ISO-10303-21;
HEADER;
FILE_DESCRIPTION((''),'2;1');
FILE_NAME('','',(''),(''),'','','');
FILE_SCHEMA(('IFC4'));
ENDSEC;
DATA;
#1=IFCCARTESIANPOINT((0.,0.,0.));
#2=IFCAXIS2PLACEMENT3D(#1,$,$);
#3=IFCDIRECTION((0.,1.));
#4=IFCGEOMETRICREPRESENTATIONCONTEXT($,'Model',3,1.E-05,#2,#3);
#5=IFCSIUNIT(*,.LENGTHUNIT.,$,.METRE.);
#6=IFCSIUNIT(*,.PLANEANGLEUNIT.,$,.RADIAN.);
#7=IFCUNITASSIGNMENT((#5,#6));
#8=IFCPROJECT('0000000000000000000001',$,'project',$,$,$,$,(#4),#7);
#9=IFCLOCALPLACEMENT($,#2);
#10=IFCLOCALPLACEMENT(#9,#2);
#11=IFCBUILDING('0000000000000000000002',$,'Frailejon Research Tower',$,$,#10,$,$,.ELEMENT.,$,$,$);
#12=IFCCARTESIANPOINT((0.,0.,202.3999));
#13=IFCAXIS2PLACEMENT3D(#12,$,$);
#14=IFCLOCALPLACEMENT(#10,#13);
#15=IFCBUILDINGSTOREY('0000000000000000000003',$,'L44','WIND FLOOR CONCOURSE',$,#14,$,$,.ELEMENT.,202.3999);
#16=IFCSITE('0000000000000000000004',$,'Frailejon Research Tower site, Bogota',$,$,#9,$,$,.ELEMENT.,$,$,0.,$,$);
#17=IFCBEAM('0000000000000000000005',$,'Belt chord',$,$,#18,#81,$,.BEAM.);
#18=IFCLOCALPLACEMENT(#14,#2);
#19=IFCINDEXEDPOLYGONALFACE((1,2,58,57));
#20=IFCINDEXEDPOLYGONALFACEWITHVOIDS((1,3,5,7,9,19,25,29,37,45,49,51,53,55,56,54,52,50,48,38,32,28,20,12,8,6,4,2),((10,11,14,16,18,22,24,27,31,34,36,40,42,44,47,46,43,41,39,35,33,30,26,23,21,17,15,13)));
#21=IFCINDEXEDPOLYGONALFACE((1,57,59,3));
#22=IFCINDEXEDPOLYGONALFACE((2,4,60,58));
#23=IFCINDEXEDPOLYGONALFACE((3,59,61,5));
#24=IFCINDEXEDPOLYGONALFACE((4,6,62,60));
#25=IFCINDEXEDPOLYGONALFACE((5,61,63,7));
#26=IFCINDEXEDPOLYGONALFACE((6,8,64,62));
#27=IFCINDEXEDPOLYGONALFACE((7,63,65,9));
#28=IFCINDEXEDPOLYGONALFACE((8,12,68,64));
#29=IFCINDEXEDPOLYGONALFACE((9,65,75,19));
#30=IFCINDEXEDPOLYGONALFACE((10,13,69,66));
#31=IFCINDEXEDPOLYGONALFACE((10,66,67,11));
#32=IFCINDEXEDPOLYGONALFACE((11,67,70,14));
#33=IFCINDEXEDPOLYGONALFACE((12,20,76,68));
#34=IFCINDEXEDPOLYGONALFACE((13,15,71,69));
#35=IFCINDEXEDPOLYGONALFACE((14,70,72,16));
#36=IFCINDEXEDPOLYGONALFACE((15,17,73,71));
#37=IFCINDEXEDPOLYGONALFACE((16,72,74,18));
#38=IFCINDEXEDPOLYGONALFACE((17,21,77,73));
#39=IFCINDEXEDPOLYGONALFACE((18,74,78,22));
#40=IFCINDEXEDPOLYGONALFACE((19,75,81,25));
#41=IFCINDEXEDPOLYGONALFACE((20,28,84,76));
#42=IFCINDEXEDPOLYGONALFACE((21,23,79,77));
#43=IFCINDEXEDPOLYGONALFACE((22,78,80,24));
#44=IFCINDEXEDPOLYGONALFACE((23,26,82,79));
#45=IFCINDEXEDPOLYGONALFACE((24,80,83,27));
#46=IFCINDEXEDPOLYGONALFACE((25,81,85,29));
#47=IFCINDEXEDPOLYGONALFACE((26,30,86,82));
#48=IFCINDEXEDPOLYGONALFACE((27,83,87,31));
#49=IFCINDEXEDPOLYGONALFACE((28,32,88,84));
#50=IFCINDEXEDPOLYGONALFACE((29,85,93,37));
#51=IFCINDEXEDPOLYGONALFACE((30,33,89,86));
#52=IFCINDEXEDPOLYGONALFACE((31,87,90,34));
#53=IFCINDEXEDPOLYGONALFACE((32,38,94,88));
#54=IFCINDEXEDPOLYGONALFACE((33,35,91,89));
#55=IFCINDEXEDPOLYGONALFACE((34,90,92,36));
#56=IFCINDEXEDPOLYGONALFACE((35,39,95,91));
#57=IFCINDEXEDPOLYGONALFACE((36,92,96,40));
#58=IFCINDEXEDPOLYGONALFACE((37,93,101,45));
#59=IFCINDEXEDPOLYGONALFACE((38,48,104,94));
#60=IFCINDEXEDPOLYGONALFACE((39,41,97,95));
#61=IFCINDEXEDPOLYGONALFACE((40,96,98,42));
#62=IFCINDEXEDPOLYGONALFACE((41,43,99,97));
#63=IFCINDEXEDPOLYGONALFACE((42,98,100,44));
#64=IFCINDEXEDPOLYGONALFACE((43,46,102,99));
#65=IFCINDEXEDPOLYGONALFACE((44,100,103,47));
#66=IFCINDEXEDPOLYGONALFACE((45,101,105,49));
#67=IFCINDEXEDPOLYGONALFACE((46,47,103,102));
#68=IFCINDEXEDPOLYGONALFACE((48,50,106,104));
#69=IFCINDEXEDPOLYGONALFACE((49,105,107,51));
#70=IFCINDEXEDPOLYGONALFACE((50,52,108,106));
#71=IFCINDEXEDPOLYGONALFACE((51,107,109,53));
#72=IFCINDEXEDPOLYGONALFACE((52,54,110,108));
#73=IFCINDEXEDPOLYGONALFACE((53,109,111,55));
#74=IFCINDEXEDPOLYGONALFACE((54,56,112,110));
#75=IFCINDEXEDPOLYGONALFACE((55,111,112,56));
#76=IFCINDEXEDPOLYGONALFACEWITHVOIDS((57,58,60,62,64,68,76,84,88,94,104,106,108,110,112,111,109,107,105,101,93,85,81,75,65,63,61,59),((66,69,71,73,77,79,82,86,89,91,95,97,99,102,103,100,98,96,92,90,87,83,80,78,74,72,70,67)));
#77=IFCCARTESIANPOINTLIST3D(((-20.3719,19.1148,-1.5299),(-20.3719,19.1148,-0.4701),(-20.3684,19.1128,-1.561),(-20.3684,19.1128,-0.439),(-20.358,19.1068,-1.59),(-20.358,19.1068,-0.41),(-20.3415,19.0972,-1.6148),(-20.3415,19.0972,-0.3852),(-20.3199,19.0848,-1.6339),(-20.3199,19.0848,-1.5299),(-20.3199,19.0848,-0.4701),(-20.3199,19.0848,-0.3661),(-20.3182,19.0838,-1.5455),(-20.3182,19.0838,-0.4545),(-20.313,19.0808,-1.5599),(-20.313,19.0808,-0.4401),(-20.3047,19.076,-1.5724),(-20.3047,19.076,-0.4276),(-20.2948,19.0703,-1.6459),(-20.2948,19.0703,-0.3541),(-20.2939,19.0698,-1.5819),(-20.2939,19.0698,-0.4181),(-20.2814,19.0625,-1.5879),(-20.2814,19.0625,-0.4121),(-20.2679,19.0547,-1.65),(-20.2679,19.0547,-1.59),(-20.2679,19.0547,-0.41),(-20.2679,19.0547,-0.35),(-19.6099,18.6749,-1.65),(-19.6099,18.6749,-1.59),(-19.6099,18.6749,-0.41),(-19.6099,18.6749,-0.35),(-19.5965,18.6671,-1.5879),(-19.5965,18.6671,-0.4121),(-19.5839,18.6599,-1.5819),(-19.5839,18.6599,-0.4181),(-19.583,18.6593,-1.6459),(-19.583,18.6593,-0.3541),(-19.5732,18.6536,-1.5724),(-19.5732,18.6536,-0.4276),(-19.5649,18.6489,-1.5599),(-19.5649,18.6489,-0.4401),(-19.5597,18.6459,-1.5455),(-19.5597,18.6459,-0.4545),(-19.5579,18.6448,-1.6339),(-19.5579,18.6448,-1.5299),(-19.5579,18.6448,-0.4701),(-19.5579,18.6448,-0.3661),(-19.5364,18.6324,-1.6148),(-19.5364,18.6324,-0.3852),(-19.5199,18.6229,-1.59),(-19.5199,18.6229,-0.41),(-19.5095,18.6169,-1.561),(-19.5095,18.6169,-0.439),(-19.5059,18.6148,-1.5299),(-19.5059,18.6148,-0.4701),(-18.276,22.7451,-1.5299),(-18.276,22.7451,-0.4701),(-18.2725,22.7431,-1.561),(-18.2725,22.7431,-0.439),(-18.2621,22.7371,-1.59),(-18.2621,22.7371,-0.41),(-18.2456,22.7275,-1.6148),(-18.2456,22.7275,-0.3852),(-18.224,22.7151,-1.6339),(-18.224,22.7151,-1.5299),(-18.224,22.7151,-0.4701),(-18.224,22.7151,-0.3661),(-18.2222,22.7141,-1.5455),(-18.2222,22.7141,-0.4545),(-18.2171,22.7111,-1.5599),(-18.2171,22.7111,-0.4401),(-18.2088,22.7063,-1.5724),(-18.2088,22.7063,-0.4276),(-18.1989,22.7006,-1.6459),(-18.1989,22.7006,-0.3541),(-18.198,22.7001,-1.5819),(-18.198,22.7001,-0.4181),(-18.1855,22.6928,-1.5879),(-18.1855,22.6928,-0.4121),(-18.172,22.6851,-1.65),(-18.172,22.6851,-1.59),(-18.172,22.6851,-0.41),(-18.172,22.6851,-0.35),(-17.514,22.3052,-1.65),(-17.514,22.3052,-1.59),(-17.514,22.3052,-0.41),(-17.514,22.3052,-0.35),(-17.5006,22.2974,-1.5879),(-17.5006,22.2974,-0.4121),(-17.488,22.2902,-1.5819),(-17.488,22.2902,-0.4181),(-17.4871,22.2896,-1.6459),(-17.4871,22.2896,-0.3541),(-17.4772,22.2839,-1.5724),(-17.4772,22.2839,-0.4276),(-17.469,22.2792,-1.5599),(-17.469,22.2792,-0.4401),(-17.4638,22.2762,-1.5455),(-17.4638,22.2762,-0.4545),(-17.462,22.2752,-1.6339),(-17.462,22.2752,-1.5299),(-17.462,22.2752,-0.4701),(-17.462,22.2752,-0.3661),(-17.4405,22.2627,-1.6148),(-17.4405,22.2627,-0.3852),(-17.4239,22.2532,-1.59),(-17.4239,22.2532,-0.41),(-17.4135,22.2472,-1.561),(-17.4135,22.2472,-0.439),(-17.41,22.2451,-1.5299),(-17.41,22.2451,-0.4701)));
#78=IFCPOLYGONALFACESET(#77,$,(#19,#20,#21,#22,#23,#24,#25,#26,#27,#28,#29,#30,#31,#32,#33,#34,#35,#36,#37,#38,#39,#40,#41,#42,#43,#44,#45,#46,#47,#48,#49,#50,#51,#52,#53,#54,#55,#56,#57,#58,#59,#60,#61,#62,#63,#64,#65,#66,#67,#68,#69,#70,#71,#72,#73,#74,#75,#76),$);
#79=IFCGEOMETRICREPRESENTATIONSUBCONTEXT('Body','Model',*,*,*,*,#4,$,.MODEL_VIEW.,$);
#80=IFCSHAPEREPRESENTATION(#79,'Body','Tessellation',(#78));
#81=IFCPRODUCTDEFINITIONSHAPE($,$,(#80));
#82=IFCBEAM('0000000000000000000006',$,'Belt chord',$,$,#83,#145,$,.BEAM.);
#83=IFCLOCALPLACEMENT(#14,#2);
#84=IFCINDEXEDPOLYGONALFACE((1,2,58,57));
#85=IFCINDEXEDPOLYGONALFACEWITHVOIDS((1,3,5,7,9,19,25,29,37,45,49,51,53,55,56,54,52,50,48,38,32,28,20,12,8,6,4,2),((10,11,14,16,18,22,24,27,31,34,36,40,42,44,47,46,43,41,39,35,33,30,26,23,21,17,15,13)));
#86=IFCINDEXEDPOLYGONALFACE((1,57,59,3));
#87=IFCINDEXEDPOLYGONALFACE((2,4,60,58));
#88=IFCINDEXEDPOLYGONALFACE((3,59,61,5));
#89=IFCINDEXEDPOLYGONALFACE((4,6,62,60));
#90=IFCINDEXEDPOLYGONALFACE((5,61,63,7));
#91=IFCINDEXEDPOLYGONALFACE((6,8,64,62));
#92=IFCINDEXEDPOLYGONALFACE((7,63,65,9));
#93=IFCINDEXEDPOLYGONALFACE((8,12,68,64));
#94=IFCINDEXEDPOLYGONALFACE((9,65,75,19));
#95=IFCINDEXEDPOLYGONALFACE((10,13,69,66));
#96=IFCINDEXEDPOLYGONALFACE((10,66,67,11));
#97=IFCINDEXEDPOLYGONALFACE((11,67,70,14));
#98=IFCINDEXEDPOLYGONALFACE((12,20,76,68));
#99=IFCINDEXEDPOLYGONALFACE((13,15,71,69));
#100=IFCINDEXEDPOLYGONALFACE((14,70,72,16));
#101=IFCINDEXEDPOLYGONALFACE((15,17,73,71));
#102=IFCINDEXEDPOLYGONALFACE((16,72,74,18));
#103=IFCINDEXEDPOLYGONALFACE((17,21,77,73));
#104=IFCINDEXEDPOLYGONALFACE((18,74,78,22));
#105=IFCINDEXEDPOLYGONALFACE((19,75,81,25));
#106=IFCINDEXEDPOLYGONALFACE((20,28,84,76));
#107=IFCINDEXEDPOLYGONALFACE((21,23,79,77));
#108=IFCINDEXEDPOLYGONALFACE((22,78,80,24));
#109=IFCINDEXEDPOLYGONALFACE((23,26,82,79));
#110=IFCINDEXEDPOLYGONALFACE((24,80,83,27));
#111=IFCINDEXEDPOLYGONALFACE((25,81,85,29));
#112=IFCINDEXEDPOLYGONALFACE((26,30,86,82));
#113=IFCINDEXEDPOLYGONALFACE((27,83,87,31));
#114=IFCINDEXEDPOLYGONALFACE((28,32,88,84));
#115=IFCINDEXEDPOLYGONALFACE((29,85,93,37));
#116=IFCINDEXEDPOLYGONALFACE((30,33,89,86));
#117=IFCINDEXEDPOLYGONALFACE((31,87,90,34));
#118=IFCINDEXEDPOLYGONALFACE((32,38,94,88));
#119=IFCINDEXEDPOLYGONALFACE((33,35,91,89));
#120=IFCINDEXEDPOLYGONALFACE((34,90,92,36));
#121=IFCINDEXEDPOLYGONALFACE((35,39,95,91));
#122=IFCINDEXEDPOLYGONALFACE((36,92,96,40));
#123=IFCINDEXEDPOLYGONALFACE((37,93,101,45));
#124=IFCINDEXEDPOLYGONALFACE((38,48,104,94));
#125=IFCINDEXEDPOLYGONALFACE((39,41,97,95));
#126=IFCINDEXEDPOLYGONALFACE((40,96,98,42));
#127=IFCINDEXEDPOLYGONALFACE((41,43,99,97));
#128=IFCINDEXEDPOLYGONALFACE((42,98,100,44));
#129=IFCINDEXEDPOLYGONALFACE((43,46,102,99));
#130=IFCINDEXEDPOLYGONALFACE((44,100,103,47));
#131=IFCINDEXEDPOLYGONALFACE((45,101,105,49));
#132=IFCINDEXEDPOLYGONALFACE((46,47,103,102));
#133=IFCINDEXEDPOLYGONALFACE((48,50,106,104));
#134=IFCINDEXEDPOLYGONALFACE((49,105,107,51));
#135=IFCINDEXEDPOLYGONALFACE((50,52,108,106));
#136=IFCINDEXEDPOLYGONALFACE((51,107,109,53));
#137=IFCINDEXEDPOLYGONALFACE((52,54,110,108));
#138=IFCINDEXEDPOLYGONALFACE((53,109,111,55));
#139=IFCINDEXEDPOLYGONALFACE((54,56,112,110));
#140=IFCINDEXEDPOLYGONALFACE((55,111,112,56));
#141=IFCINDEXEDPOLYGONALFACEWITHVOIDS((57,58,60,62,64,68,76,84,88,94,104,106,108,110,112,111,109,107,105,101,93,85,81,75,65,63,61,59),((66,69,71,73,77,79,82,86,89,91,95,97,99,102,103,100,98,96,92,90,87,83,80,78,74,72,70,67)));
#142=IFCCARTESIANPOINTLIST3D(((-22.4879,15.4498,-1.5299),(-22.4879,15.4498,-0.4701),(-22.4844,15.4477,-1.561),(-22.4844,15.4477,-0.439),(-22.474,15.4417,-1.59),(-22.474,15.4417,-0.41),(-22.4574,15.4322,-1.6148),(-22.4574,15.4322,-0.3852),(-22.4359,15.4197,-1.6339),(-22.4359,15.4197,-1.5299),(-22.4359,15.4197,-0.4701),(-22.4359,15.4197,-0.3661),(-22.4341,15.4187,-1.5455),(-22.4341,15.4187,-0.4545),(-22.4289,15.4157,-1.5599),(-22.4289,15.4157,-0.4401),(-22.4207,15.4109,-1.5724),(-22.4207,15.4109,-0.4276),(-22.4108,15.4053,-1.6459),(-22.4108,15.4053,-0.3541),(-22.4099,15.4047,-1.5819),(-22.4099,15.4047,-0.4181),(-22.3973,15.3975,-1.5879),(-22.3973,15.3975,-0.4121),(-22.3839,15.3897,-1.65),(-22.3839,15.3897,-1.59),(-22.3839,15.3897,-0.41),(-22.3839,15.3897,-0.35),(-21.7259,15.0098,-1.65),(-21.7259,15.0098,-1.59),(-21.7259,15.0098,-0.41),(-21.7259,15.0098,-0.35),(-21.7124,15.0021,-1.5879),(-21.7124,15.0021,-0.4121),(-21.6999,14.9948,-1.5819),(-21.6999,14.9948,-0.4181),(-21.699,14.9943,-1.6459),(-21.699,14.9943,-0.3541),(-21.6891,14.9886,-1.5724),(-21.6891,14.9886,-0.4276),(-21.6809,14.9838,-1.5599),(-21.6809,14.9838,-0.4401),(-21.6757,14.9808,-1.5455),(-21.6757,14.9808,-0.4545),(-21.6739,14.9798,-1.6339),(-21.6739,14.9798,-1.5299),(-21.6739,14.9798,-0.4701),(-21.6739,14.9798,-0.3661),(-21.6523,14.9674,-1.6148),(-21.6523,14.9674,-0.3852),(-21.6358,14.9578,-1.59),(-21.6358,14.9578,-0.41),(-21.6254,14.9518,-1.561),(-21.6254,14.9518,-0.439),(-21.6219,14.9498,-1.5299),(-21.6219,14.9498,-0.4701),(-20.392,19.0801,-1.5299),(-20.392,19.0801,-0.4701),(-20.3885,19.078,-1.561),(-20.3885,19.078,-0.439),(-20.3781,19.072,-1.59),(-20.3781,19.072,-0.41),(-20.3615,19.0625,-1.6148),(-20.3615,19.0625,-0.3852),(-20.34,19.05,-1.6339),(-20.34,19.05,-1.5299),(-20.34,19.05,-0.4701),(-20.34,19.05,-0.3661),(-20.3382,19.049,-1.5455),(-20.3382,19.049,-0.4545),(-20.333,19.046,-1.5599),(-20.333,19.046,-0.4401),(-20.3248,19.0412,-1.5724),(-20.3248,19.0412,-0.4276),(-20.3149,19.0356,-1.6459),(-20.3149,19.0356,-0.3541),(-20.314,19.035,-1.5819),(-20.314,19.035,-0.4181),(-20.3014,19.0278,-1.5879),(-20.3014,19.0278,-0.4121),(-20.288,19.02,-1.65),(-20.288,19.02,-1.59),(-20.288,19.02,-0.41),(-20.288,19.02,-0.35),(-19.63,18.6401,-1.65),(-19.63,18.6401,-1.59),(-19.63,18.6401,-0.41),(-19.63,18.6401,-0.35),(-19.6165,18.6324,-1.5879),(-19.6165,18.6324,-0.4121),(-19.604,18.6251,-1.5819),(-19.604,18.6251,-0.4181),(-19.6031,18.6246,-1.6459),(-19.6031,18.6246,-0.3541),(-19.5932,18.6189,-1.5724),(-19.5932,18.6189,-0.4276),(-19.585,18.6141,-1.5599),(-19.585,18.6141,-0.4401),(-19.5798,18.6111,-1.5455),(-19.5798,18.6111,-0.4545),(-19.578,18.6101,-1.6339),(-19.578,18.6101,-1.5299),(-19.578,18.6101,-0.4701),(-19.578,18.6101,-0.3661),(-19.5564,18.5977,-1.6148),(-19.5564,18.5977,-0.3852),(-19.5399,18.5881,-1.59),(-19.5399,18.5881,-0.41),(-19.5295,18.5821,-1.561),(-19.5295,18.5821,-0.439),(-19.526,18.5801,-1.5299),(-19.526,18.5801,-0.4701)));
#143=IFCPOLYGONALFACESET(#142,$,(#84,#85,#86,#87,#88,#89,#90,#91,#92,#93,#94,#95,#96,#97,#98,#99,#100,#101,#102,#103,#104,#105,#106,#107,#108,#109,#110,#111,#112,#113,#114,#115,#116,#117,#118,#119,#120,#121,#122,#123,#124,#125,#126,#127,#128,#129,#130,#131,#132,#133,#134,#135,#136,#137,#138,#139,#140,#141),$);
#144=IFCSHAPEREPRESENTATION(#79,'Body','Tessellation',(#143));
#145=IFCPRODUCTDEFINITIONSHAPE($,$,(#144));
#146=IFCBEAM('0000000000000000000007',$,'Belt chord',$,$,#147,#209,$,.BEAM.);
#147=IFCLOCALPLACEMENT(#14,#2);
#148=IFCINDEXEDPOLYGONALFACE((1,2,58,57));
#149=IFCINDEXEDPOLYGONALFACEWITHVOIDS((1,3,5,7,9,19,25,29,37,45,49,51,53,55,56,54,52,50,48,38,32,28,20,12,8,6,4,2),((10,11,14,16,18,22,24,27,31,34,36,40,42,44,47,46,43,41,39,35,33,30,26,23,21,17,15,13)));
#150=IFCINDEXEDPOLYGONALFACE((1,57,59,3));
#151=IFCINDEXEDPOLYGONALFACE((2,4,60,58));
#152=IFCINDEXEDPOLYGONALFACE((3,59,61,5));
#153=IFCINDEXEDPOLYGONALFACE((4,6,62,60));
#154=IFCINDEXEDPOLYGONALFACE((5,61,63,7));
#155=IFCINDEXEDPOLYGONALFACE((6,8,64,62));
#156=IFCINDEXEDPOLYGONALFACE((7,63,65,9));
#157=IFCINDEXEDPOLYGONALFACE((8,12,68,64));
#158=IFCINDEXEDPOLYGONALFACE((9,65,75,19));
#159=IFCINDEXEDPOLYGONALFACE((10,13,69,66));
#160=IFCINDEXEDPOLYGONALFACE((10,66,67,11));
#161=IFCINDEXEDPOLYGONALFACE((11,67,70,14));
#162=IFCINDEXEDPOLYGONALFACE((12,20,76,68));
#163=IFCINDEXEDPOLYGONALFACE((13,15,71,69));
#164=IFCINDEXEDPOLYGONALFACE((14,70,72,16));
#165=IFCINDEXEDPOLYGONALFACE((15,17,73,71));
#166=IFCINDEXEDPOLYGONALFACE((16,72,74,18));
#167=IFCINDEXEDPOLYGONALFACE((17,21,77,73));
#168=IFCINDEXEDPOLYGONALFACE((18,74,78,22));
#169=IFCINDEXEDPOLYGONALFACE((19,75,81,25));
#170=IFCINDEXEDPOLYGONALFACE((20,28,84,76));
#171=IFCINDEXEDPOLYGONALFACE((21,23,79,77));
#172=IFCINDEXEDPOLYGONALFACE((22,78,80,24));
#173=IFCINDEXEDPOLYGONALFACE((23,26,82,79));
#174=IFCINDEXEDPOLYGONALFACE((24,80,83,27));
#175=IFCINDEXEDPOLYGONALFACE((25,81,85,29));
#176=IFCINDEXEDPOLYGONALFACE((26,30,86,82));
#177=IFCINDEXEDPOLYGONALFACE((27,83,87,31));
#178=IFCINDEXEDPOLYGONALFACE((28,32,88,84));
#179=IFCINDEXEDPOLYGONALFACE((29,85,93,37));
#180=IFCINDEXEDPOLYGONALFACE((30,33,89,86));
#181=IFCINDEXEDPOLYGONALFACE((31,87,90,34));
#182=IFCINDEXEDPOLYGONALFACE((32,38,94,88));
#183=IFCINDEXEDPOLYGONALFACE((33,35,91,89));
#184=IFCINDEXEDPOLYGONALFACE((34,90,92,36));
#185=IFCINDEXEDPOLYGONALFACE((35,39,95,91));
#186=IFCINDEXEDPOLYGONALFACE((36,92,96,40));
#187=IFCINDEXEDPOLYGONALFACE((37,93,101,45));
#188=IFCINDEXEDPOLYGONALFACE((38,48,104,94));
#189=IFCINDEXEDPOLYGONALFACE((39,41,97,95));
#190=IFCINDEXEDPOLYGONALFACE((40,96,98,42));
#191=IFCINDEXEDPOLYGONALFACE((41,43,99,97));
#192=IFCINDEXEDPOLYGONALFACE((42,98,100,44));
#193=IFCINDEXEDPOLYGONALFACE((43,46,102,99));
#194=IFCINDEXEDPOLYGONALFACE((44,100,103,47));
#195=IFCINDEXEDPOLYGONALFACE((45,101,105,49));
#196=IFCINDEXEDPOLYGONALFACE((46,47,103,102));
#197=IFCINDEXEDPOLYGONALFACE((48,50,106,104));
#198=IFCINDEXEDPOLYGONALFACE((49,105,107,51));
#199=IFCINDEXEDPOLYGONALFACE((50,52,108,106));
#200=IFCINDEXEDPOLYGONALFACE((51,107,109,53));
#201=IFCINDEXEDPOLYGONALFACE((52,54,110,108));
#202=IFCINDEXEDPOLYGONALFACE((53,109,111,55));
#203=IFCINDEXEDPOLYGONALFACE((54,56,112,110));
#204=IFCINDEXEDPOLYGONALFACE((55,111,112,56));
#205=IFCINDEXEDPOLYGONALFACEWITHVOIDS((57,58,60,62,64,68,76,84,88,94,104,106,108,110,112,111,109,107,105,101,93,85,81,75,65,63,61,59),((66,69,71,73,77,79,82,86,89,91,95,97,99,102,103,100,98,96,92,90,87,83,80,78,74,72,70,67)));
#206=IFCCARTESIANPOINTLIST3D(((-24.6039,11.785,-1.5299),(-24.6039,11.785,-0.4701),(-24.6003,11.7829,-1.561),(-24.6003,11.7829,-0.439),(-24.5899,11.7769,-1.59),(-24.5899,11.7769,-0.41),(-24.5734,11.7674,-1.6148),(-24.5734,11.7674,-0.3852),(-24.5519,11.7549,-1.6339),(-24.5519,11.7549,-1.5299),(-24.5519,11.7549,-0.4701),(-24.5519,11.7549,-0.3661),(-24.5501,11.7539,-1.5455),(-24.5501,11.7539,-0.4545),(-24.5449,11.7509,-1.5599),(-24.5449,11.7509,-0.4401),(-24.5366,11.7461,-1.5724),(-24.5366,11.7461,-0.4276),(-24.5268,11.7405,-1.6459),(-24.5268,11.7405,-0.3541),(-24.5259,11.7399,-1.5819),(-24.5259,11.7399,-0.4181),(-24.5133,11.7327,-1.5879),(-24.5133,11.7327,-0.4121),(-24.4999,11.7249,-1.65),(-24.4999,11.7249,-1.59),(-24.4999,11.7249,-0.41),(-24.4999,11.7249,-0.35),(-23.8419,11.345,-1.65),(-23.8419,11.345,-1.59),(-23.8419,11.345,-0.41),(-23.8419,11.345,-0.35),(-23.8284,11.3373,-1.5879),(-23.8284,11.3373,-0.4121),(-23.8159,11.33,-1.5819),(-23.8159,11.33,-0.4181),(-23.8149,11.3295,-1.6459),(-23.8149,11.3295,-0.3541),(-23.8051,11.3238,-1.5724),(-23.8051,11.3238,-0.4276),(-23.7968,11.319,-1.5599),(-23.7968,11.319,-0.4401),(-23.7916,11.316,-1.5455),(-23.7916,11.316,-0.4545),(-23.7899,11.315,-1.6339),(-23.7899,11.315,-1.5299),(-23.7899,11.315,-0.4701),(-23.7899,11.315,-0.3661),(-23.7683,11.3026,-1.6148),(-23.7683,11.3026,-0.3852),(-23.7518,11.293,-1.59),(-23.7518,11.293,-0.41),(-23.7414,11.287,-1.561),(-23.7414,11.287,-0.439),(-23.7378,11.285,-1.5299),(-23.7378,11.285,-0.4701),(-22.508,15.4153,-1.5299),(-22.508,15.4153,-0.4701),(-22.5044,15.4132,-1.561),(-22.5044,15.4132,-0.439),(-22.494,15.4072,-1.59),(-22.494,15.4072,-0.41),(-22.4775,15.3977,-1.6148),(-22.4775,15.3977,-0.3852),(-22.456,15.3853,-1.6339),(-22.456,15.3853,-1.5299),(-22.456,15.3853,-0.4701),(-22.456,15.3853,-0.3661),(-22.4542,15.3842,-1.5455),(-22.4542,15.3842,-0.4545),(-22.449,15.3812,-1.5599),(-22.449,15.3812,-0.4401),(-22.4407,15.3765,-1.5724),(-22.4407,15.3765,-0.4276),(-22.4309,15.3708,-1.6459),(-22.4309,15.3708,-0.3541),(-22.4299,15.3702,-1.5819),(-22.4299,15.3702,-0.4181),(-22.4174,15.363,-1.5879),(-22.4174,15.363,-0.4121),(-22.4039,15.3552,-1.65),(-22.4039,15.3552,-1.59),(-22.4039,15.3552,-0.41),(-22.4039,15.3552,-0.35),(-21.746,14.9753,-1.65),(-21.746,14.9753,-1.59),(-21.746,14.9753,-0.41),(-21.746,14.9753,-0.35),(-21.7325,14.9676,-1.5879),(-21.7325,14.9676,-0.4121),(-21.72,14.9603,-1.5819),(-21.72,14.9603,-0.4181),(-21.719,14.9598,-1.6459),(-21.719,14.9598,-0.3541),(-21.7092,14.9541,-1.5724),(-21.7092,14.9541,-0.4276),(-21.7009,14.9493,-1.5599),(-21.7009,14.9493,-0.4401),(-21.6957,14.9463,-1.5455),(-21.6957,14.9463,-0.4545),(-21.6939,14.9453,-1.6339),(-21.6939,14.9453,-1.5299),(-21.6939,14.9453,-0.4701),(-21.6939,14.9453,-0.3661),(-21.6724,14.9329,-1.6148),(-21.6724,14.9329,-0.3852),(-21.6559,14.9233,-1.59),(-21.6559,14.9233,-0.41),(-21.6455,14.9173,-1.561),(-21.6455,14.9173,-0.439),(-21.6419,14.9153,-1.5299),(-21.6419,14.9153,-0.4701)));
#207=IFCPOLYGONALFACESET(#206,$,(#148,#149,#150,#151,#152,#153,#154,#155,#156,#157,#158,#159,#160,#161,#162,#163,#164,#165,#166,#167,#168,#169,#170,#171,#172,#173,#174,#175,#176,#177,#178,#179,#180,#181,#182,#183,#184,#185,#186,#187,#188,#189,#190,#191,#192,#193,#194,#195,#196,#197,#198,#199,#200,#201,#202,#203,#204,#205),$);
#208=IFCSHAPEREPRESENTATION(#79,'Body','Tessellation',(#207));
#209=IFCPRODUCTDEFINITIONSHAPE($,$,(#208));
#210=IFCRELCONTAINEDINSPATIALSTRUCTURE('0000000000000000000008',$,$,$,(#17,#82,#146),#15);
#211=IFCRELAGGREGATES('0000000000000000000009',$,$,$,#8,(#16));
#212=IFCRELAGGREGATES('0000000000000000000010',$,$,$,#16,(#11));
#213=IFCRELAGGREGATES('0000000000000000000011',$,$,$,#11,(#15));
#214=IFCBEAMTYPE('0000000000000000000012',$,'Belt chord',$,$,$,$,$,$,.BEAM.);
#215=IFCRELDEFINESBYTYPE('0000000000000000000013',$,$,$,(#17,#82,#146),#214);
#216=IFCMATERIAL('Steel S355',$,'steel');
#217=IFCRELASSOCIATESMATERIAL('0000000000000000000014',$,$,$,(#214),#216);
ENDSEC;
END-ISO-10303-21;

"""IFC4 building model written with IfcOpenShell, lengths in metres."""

from ifc_helpers import new_model, si_unit, direction, frame, origin, origin_2d, place, context, subcontext, project, spatial, hollow_rectangle, extrude, material, material_profile, profile_set, type_object, element, save


model = new_model("IFC4")

# Units and contexts
model_context = context("Model", 3, precision=1e-05, world=origin(), true_north=direction((0.0, 1.0)))
body_context = subcontext(model_context, "Body", "Model", "MODEL_VIEW")
ifc_project = project(units=[si_unit("LENGTHUNIT", "METRE"), si_unit("PLANEANGLEUNIT", "RADIAN")], contexts=[model_context])

# Site, building, storey
site_placement = place(None, origin())
site = spatial("IfcSite", under=ifc_project, at=site_placement, Name="Frailejon Research Tower site, Bogota", CompositionType="ELEMENT", RefElevation=0.0)
building_placement = place(site_placement, origin())
building = spatial("IfcBuilding", under=site, at=building_placement, Name="Frailejon Research Tower", CompositionType="ELEMENT")
storey_placement = place(building_placement, frame((0.0, 0.0, 202.3999)))
storey = spatial("IfcBuildingStorey", under=building, at=storey_placement, Name="L44", Description="WIND FLOOR CONCOURSE", CompositionType="ELEMENT", Elevation=202.3999)

# Beams
ifc_material_1 = material(Name="Steel S355", Category="steel")
ifc_material_profile_1 = material_profile(ifc_material_1, hollow_rectangle(XDim=1.0, YDim=1.3, WallThickness=0.0601, InnerFilletRadius=0.0601, OuterFilletRadius=0.1201, at=origin_2d()), Name="Belt chord")
ifc_profile_set_1 = profile_set([ifc_material_profile_1], Name="Steel S355")
beam_type_1 = type_object("IfcBeamType", Name="Belt chord", PredefinedType="BEAM", material=ifc_profile_set_1)
for number, where, z_axis, x_axis, name in (
    (1, (-17.843, 22.4951, -1.0), (-0.499991, -0.86603, 0.0), (0.86603, -0.499991, 0.0), "Belt chord"),
    (2, (-19.959, 18.8301, -1.0), (-0.499991, -0.86603, 0.0), (0.86603, -0.499991, 0.0), "Belt chord"),
    (3, (-22.075, 15.1653, -1.0), (-0.499991, -0.86603, 0.0), (0.86603, -0.499991, 0.0), "Belt chord"),
):
    element("IfcBeam", number, at=place(storey_placement, frame(where, z_axis=z_axis, x_axis=x_axis)), inside=storey, type_object=beam_type_1, Name=name, PredefinedType="BEAM", context=body_context, shape_type="SweptSolid", body=[
        extrude(hollow_rectangle(XDim=1.0, YDim=1.3, WallThickness=0.0601, InnerFilletRadius=0.0601, OuterFilletRadius=0.1201, at=origin_2d()), origin(), (0.0, 0.0, 1.0), 4.1919),
    ])

save(model, "model.ifc")
